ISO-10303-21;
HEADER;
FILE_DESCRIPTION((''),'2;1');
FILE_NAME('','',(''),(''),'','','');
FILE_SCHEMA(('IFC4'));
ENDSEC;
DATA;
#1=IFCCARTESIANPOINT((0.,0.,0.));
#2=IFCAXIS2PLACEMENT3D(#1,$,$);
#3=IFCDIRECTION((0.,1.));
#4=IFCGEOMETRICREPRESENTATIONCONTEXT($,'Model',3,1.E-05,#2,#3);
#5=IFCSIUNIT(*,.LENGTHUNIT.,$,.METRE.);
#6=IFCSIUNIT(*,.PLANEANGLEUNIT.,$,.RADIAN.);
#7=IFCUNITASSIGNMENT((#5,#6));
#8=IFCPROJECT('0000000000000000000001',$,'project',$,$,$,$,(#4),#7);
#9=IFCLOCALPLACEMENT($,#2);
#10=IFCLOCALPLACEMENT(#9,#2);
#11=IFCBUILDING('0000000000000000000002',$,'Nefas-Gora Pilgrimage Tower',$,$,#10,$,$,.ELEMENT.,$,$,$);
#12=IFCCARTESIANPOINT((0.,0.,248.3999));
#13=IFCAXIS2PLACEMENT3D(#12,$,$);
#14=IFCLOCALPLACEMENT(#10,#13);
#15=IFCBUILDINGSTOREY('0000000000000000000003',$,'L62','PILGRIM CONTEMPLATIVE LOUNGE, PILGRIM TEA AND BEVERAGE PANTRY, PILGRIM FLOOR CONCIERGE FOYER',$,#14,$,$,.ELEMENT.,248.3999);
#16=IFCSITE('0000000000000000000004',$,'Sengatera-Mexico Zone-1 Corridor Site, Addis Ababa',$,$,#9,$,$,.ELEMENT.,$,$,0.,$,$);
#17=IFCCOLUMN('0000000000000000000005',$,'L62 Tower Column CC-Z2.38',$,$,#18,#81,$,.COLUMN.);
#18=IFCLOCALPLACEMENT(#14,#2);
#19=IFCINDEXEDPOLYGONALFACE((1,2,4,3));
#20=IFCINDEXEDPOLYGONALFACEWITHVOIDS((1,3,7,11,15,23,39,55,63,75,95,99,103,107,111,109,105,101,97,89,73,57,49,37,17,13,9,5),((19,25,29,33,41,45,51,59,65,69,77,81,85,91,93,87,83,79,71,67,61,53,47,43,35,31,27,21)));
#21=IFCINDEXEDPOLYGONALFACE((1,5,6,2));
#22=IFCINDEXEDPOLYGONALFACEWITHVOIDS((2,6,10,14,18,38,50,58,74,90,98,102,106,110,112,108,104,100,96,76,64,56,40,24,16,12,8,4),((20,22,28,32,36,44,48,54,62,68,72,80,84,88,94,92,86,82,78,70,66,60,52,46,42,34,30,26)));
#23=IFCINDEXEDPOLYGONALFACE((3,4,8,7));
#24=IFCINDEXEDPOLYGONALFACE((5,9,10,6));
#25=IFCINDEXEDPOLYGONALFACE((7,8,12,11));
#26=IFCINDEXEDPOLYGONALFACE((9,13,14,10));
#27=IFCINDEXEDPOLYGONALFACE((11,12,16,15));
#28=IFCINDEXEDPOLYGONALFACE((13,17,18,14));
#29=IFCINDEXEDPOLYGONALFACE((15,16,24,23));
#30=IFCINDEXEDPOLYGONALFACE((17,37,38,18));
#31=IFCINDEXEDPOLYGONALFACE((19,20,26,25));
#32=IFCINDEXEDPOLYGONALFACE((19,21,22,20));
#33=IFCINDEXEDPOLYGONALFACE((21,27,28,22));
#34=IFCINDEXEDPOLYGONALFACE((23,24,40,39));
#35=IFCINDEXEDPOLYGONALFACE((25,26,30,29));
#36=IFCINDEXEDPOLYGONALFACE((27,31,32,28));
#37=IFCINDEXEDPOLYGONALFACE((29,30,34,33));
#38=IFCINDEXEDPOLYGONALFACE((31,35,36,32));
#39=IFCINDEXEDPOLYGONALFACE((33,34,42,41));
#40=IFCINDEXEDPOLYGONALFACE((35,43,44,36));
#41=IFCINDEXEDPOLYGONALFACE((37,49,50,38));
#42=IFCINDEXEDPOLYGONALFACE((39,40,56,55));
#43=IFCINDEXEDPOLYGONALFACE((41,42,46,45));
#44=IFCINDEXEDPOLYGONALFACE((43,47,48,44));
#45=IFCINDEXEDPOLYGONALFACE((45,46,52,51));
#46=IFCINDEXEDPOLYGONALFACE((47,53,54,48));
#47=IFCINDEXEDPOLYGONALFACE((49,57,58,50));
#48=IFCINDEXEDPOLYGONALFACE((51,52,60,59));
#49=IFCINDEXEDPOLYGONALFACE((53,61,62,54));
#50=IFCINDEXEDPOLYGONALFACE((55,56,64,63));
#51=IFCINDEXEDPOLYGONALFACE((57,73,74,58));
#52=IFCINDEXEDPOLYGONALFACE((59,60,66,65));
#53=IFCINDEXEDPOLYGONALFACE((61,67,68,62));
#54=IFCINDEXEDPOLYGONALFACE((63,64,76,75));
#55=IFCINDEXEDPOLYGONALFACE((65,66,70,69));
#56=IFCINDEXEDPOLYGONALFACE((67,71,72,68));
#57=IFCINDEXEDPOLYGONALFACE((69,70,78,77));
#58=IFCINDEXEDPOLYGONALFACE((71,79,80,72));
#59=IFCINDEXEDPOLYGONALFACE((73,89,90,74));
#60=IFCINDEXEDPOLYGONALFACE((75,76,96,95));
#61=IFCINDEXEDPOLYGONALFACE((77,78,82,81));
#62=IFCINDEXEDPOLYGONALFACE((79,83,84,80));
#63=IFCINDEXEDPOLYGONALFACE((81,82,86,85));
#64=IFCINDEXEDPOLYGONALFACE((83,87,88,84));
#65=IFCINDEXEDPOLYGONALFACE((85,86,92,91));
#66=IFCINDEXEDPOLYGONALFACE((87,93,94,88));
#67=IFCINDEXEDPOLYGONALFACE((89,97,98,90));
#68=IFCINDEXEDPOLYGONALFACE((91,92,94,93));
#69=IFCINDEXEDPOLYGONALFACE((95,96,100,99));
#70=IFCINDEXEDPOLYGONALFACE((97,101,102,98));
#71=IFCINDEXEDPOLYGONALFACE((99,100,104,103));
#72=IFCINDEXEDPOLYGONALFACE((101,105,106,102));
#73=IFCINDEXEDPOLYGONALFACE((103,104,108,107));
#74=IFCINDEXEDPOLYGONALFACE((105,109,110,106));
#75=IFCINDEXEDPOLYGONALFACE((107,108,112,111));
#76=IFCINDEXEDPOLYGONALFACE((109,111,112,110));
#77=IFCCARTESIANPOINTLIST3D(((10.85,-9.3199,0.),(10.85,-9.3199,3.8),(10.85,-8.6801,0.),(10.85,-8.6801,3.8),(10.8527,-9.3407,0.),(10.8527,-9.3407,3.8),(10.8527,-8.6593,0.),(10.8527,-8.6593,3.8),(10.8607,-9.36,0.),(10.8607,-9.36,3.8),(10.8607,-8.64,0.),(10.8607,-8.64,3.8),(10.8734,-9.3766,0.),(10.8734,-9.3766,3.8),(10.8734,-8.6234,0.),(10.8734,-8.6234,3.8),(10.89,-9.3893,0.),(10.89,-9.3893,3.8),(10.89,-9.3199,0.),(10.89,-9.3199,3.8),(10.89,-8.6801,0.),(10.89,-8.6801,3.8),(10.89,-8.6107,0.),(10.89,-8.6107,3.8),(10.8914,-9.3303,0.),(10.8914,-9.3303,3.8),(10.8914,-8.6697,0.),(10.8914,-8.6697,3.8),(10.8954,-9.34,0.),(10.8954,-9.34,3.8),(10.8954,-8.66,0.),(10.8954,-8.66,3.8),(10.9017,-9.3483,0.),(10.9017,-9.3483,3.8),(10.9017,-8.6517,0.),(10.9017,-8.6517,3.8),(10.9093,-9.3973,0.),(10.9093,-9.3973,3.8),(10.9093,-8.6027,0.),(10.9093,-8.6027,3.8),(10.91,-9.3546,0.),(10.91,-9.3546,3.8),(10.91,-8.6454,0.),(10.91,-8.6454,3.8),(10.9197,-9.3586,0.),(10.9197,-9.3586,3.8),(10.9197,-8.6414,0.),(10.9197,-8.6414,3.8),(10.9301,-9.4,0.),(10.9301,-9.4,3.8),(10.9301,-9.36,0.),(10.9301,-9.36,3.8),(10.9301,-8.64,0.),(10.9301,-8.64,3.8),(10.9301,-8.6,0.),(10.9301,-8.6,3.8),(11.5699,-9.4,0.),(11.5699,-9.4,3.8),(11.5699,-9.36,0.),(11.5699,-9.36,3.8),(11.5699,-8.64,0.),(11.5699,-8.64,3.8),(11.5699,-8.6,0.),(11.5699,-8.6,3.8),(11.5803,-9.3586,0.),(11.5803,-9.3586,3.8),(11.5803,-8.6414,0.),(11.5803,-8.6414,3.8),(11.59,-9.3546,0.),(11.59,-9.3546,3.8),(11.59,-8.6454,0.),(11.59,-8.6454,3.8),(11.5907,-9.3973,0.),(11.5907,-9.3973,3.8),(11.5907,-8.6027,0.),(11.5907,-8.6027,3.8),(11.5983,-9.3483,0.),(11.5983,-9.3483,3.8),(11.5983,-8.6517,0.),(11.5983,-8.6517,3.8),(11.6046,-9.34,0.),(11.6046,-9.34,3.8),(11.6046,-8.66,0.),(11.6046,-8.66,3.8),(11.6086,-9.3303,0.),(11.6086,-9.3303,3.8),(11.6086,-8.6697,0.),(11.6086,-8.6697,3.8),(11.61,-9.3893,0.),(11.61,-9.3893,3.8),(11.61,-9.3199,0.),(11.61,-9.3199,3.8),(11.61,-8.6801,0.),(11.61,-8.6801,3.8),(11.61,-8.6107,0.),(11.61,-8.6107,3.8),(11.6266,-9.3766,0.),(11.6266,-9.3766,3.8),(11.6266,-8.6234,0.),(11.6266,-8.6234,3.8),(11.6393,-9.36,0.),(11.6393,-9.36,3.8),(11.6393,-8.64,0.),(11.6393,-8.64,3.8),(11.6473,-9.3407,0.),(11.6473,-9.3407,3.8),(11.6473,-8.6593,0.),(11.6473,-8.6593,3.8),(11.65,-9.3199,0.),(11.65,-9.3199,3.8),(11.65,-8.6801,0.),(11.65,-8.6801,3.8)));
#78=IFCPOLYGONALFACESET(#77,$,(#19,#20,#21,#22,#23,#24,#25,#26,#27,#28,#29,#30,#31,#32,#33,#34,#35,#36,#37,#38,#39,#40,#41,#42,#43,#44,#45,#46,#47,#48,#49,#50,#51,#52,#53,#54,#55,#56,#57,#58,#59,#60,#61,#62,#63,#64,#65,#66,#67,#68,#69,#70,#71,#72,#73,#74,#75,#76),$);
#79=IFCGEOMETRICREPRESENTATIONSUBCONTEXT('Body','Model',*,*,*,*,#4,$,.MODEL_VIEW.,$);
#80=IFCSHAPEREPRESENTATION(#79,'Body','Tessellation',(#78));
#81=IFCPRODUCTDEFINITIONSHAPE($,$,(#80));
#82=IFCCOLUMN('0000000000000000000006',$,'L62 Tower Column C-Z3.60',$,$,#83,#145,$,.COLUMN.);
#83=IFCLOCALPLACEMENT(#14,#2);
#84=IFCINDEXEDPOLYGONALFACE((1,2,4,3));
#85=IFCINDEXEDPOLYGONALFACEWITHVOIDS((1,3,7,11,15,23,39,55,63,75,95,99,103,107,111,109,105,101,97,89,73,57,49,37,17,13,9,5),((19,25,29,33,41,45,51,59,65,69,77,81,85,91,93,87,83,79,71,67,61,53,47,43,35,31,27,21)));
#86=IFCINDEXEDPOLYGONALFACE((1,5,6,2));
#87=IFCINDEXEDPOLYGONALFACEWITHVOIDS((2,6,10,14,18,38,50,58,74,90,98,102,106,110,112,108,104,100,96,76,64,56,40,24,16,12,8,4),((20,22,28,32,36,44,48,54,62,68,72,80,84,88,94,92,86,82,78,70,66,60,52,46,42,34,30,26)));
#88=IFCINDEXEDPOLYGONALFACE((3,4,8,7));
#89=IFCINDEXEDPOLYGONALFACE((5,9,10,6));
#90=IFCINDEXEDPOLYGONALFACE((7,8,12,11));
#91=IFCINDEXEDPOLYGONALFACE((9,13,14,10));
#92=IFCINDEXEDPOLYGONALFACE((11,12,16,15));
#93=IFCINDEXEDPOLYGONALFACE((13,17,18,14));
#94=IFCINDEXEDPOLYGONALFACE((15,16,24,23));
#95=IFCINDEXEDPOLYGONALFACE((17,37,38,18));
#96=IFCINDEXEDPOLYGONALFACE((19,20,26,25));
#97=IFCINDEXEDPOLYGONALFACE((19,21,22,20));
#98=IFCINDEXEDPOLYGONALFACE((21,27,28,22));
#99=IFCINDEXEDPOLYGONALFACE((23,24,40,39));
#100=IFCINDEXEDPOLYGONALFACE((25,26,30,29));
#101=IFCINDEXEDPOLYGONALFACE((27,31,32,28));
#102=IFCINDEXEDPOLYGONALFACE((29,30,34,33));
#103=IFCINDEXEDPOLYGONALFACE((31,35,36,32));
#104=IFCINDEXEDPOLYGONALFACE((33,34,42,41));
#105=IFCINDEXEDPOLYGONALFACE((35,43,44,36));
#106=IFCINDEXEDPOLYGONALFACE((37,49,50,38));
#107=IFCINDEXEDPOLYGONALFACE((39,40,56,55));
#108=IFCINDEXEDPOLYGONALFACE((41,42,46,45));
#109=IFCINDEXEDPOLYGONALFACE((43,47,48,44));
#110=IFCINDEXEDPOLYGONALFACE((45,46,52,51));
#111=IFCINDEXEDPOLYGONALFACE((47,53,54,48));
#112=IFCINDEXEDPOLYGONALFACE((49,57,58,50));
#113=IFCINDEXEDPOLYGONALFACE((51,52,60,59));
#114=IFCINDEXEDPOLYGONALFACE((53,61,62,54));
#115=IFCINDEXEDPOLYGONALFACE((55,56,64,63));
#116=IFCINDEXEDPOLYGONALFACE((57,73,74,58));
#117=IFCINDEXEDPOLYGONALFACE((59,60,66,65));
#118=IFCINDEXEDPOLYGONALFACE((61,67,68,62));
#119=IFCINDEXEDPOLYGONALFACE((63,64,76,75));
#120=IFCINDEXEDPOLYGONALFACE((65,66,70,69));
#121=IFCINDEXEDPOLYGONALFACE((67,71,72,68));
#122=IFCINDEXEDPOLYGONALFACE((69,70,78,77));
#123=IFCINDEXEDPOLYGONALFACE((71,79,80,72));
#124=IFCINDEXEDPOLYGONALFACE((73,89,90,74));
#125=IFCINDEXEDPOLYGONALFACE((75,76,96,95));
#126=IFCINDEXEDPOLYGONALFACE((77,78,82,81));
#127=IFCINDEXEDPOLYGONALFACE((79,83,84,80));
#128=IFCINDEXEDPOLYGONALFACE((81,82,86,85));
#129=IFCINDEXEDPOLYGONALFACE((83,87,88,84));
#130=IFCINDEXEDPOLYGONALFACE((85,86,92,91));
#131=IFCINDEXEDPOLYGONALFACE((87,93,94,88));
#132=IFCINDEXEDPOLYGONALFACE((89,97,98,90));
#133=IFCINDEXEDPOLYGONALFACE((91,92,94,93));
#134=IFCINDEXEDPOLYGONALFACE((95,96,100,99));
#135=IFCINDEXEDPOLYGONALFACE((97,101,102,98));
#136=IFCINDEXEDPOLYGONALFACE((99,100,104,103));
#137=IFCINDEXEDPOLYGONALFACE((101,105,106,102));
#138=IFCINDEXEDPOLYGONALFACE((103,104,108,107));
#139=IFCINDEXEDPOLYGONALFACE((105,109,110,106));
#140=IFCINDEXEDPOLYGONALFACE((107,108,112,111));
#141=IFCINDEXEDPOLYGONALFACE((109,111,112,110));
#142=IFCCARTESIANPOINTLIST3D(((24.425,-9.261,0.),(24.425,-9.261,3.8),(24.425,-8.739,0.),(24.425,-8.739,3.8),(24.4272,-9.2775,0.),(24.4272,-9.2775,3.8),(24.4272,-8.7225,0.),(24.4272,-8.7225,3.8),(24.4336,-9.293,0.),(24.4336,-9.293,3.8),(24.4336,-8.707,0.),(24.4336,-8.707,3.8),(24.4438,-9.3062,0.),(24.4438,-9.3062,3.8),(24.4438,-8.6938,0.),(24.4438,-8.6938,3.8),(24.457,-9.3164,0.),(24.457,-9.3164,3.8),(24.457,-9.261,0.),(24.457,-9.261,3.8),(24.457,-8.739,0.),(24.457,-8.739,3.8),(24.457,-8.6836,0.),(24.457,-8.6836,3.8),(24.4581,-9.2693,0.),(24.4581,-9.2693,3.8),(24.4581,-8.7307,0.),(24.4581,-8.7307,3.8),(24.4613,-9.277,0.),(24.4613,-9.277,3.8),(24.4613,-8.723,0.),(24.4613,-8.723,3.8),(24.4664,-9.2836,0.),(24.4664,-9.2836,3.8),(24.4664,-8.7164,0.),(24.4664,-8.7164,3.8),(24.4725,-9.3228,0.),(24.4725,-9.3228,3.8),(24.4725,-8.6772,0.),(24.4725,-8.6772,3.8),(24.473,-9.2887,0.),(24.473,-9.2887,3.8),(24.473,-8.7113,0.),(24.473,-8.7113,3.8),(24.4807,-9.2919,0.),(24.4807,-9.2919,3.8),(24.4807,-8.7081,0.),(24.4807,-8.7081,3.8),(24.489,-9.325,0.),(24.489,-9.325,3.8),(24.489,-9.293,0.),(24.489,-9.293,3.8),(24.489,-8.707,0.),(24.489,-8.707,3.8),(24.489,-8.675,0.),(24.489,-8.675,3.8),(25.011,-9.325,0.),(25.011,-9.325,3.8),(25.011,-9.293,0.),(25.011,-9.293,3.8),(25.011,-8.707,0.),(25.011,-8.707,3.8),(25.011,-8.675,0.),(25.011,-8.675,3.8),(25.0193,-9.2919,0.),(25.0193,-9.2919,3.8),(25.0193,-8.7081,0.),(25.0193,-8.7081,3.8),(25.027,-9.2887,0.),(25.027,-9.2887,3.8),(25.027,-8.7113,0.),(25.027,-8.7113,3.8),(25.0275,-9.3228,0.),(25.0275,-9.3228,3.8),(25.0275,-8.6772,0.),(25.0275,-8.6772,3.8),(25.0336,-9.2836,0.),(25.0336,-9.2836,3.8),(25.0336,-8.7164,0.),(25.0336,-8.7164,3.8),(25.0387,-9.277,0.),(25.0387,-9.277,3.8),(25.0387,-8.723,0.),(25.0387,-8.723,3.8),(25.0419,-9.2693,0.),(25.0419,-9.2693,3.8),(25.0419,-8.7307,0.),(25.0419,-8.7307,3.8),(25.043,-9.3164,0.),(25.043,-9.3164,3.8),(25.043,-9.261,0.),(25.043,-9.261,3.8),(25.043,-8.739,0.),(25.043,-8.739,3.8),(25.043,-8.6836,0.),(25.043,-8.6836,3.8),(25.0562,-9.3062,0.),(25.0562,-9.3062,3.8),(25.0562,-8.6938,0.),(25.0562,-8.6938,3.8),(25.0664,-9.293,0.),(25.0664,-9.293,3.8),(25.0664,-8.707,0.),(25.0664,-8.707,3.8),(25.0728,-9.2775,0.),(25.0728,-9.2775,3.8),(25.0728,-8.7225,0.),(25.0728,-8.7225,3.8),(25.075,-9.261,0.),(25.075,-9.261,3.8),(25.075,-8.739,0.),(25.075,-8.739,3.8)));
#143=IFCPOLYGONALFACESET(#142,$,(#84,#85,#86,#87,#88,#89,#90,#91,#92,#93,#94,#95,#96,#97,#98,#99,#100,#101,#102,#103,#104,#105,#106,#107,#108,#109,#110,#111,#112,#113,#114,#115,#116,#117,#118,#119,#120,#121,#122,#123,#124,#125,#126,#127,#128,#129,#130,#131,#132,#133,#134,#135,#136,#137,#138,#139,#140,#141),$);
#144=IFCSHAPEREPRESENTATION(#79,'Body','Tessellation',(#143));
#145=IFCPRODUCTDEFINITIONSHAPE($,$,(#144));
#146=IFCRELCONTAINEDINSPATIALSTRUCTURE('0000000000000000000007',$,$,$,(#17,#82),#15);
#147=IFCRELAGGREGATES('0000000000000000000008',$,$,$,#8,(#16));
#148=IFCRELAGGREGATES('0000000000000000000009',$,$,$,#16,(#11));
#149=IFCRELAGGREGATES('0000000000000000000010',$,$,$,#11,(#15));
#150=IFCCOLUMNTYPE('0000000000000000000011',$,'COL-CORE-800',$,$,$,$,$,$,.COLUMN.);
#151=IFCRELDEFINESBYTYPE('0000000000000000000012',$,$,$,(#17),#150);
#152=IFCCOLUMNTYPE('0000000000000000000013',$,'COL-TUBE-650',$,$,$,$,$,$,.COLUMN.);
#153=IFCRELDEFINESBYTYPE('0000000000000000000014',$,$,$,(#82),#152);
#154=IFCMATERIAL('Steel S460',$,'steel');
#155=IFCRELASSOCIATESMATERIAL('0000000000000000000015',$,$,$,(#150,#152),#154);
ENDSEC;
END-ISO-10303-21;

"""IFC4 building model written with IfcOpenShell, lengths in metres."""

from ifc_helpers import new_model, si_unit, direction, frame, origin, origin_2d, place, context, subcontext, project, spatial, hollow_rectangle, extrude, source, transform, mapped, material, material_profile, profile_set, type_object, element, save


model = new_model("IFC4")

# Units and contexts
model_context = context("Model", 3, precision=1e-05, world=origin(), true_north=direction((0.0, 1.0)))
body_context = subcontext(model_context, "Body", "Model", "MODEL_VIEW")
ifc_project = project(units=[si_unit("LENGTHUNIT", "METRE"), si_unit("PLANEANGLEUNIT", "RADIAN")], contexts=[model_context])

# Site, building, storey
site_placement = place(None, origin())
site = spatial("IfcSite", under=ifc_project, at=site_placement, Name="Sengatera-Mexico Zone-1 Corridor Site, Addis Ababa", CompositionType="ELEMENT", RefElevation=0.0)
building_placement = place(site_placement, origin())
building = spatial("IfcBuilding", under=site, at=building_placement, Name="Nefas-Gora Pilgrimage Tower", CompositionType="ELEMENT")
storey_placement = place(building_placement, frame((0.0, 0.0, 248.3999)))
storey = spatial("IfcBuildingStorey", under=building, at=storey_placement, Name="L62", Description="PILGRIM CONTEMPLATIVE LOUNGE, PILGRIM TEA AND BEVERAGE PANTRY, PILGRIM FLOOR CONCIERGE FOYER", CompositionType="ELEMENT", Elevation=248.3999)

# Columns
ifc_material_1 = material(Name="Steel S460", Category="steel")
ifc_material_profile_1 = material_profile(ifc_material_1, hollow_rectangle(XDim=0.8, YDim=0.8, WallThickness=0.04, InnerFilletRadius=0.04, OuterFilletRadius=0.0801, at=origin_2d()), Name="BOX 800x800x40")
ifc_profile_set_1 = profile_set([ifc_material_profile_1], Name="Steel S460")
column_type_1 = type_object("IfcColumnType", Name="COL-CORE-800", PredefinedType="COLUMN", material=ifc_profile_set_1)
shared_shape_1 = source(origin(), body_context, "Body", "SweptSolid", [
    extrude(hollow_rectangle(XDim=0.8, YDim=0.8, WallThickness=0.04, InnerFilletRadius=0.04, OuterFilletRadius=0.0801, at=origin_2d()), origin(), (0.0, 0.0, 1.0), 3.8),
])
column_placement = place(storey_placement, frame((11.25, -9.0, 0.0), z_axis=(0.0, 0.0, 1.0), x_axis=(1.0, 0.0, 0.0)))
element("IfcColumn", 1, at=column_placement, inside=storey, type_object=column_type_1, Name="L62 Tower Column CC-Z2.38", PredefinedType="COLUMN", context=body_context, shape_type="MappedRepresentation", body=[
    mapped(shared_shape_1, transform((0.0, 0.0, 0.0), x_axis=(1.0, 0.0, 0.0), y_axis=(0.0, 1.0, 0.0), z_axis=(0.0, 0.0, 1.0), scale=1.0)),
])
ifc_material_profile_2 = material_profile(ifc_material_1, hollow_rectangle(XDim=0.6499, YDim=0.6499, WallThickness=0.032, InnerFilletRadius=0.032, OuterFilletRadius=0.064, at=origin_2d()), Name="BOX 650x650x32")
ifc_profile_set_2 = profile_set([ifc_material_profile_2], Name="Steel S460")
column_type_2 = type_object("IfcColumnType", Name="COL-TUBE-650", PredefinedType="COLUMN", material=ifc_profile_set_2)
shared_shape_2 = source(origin(), body_context, "Body", "SweptSolid", [
    extrude(hollow_rectangle(XDim=0.6499, YDim=0.6499, WallThickness=0.032, InnerFilletRadius=0.032, OuterFilletRadius=0.064, at=origin_2d()), origin(), (0.0, 0.0, 1.0), 3.8),
])
for number, where, z_axis, x_axis, name in (
    (2, (24.75, -9.0, 0.0), (0.0, 0.0, 1.0), (1.0, 0.0, 0.0), "L62 Tower Column C-Z3.60"),
):
    element("IfcColumn", number, at=place(storey_placement, frame(where, z_axis=z_axis, x_axis=x_axis)), inside=storey, type_object=column_type_2, Name=name, PredefinedType="COLUMN", context=body_context, shape_type="MappedRepresentation", body=[
        mapped(shared_shape_2, transform((0.0, 0.0, 0.0), x_axis=(1.0, 0.0, 0.0), y_axis=(0.0, 1.0, 0.0), z_axis=(0.0, 0.0, 1.0), scale=1.0)),
    ])

save(model, "model.ifc")
